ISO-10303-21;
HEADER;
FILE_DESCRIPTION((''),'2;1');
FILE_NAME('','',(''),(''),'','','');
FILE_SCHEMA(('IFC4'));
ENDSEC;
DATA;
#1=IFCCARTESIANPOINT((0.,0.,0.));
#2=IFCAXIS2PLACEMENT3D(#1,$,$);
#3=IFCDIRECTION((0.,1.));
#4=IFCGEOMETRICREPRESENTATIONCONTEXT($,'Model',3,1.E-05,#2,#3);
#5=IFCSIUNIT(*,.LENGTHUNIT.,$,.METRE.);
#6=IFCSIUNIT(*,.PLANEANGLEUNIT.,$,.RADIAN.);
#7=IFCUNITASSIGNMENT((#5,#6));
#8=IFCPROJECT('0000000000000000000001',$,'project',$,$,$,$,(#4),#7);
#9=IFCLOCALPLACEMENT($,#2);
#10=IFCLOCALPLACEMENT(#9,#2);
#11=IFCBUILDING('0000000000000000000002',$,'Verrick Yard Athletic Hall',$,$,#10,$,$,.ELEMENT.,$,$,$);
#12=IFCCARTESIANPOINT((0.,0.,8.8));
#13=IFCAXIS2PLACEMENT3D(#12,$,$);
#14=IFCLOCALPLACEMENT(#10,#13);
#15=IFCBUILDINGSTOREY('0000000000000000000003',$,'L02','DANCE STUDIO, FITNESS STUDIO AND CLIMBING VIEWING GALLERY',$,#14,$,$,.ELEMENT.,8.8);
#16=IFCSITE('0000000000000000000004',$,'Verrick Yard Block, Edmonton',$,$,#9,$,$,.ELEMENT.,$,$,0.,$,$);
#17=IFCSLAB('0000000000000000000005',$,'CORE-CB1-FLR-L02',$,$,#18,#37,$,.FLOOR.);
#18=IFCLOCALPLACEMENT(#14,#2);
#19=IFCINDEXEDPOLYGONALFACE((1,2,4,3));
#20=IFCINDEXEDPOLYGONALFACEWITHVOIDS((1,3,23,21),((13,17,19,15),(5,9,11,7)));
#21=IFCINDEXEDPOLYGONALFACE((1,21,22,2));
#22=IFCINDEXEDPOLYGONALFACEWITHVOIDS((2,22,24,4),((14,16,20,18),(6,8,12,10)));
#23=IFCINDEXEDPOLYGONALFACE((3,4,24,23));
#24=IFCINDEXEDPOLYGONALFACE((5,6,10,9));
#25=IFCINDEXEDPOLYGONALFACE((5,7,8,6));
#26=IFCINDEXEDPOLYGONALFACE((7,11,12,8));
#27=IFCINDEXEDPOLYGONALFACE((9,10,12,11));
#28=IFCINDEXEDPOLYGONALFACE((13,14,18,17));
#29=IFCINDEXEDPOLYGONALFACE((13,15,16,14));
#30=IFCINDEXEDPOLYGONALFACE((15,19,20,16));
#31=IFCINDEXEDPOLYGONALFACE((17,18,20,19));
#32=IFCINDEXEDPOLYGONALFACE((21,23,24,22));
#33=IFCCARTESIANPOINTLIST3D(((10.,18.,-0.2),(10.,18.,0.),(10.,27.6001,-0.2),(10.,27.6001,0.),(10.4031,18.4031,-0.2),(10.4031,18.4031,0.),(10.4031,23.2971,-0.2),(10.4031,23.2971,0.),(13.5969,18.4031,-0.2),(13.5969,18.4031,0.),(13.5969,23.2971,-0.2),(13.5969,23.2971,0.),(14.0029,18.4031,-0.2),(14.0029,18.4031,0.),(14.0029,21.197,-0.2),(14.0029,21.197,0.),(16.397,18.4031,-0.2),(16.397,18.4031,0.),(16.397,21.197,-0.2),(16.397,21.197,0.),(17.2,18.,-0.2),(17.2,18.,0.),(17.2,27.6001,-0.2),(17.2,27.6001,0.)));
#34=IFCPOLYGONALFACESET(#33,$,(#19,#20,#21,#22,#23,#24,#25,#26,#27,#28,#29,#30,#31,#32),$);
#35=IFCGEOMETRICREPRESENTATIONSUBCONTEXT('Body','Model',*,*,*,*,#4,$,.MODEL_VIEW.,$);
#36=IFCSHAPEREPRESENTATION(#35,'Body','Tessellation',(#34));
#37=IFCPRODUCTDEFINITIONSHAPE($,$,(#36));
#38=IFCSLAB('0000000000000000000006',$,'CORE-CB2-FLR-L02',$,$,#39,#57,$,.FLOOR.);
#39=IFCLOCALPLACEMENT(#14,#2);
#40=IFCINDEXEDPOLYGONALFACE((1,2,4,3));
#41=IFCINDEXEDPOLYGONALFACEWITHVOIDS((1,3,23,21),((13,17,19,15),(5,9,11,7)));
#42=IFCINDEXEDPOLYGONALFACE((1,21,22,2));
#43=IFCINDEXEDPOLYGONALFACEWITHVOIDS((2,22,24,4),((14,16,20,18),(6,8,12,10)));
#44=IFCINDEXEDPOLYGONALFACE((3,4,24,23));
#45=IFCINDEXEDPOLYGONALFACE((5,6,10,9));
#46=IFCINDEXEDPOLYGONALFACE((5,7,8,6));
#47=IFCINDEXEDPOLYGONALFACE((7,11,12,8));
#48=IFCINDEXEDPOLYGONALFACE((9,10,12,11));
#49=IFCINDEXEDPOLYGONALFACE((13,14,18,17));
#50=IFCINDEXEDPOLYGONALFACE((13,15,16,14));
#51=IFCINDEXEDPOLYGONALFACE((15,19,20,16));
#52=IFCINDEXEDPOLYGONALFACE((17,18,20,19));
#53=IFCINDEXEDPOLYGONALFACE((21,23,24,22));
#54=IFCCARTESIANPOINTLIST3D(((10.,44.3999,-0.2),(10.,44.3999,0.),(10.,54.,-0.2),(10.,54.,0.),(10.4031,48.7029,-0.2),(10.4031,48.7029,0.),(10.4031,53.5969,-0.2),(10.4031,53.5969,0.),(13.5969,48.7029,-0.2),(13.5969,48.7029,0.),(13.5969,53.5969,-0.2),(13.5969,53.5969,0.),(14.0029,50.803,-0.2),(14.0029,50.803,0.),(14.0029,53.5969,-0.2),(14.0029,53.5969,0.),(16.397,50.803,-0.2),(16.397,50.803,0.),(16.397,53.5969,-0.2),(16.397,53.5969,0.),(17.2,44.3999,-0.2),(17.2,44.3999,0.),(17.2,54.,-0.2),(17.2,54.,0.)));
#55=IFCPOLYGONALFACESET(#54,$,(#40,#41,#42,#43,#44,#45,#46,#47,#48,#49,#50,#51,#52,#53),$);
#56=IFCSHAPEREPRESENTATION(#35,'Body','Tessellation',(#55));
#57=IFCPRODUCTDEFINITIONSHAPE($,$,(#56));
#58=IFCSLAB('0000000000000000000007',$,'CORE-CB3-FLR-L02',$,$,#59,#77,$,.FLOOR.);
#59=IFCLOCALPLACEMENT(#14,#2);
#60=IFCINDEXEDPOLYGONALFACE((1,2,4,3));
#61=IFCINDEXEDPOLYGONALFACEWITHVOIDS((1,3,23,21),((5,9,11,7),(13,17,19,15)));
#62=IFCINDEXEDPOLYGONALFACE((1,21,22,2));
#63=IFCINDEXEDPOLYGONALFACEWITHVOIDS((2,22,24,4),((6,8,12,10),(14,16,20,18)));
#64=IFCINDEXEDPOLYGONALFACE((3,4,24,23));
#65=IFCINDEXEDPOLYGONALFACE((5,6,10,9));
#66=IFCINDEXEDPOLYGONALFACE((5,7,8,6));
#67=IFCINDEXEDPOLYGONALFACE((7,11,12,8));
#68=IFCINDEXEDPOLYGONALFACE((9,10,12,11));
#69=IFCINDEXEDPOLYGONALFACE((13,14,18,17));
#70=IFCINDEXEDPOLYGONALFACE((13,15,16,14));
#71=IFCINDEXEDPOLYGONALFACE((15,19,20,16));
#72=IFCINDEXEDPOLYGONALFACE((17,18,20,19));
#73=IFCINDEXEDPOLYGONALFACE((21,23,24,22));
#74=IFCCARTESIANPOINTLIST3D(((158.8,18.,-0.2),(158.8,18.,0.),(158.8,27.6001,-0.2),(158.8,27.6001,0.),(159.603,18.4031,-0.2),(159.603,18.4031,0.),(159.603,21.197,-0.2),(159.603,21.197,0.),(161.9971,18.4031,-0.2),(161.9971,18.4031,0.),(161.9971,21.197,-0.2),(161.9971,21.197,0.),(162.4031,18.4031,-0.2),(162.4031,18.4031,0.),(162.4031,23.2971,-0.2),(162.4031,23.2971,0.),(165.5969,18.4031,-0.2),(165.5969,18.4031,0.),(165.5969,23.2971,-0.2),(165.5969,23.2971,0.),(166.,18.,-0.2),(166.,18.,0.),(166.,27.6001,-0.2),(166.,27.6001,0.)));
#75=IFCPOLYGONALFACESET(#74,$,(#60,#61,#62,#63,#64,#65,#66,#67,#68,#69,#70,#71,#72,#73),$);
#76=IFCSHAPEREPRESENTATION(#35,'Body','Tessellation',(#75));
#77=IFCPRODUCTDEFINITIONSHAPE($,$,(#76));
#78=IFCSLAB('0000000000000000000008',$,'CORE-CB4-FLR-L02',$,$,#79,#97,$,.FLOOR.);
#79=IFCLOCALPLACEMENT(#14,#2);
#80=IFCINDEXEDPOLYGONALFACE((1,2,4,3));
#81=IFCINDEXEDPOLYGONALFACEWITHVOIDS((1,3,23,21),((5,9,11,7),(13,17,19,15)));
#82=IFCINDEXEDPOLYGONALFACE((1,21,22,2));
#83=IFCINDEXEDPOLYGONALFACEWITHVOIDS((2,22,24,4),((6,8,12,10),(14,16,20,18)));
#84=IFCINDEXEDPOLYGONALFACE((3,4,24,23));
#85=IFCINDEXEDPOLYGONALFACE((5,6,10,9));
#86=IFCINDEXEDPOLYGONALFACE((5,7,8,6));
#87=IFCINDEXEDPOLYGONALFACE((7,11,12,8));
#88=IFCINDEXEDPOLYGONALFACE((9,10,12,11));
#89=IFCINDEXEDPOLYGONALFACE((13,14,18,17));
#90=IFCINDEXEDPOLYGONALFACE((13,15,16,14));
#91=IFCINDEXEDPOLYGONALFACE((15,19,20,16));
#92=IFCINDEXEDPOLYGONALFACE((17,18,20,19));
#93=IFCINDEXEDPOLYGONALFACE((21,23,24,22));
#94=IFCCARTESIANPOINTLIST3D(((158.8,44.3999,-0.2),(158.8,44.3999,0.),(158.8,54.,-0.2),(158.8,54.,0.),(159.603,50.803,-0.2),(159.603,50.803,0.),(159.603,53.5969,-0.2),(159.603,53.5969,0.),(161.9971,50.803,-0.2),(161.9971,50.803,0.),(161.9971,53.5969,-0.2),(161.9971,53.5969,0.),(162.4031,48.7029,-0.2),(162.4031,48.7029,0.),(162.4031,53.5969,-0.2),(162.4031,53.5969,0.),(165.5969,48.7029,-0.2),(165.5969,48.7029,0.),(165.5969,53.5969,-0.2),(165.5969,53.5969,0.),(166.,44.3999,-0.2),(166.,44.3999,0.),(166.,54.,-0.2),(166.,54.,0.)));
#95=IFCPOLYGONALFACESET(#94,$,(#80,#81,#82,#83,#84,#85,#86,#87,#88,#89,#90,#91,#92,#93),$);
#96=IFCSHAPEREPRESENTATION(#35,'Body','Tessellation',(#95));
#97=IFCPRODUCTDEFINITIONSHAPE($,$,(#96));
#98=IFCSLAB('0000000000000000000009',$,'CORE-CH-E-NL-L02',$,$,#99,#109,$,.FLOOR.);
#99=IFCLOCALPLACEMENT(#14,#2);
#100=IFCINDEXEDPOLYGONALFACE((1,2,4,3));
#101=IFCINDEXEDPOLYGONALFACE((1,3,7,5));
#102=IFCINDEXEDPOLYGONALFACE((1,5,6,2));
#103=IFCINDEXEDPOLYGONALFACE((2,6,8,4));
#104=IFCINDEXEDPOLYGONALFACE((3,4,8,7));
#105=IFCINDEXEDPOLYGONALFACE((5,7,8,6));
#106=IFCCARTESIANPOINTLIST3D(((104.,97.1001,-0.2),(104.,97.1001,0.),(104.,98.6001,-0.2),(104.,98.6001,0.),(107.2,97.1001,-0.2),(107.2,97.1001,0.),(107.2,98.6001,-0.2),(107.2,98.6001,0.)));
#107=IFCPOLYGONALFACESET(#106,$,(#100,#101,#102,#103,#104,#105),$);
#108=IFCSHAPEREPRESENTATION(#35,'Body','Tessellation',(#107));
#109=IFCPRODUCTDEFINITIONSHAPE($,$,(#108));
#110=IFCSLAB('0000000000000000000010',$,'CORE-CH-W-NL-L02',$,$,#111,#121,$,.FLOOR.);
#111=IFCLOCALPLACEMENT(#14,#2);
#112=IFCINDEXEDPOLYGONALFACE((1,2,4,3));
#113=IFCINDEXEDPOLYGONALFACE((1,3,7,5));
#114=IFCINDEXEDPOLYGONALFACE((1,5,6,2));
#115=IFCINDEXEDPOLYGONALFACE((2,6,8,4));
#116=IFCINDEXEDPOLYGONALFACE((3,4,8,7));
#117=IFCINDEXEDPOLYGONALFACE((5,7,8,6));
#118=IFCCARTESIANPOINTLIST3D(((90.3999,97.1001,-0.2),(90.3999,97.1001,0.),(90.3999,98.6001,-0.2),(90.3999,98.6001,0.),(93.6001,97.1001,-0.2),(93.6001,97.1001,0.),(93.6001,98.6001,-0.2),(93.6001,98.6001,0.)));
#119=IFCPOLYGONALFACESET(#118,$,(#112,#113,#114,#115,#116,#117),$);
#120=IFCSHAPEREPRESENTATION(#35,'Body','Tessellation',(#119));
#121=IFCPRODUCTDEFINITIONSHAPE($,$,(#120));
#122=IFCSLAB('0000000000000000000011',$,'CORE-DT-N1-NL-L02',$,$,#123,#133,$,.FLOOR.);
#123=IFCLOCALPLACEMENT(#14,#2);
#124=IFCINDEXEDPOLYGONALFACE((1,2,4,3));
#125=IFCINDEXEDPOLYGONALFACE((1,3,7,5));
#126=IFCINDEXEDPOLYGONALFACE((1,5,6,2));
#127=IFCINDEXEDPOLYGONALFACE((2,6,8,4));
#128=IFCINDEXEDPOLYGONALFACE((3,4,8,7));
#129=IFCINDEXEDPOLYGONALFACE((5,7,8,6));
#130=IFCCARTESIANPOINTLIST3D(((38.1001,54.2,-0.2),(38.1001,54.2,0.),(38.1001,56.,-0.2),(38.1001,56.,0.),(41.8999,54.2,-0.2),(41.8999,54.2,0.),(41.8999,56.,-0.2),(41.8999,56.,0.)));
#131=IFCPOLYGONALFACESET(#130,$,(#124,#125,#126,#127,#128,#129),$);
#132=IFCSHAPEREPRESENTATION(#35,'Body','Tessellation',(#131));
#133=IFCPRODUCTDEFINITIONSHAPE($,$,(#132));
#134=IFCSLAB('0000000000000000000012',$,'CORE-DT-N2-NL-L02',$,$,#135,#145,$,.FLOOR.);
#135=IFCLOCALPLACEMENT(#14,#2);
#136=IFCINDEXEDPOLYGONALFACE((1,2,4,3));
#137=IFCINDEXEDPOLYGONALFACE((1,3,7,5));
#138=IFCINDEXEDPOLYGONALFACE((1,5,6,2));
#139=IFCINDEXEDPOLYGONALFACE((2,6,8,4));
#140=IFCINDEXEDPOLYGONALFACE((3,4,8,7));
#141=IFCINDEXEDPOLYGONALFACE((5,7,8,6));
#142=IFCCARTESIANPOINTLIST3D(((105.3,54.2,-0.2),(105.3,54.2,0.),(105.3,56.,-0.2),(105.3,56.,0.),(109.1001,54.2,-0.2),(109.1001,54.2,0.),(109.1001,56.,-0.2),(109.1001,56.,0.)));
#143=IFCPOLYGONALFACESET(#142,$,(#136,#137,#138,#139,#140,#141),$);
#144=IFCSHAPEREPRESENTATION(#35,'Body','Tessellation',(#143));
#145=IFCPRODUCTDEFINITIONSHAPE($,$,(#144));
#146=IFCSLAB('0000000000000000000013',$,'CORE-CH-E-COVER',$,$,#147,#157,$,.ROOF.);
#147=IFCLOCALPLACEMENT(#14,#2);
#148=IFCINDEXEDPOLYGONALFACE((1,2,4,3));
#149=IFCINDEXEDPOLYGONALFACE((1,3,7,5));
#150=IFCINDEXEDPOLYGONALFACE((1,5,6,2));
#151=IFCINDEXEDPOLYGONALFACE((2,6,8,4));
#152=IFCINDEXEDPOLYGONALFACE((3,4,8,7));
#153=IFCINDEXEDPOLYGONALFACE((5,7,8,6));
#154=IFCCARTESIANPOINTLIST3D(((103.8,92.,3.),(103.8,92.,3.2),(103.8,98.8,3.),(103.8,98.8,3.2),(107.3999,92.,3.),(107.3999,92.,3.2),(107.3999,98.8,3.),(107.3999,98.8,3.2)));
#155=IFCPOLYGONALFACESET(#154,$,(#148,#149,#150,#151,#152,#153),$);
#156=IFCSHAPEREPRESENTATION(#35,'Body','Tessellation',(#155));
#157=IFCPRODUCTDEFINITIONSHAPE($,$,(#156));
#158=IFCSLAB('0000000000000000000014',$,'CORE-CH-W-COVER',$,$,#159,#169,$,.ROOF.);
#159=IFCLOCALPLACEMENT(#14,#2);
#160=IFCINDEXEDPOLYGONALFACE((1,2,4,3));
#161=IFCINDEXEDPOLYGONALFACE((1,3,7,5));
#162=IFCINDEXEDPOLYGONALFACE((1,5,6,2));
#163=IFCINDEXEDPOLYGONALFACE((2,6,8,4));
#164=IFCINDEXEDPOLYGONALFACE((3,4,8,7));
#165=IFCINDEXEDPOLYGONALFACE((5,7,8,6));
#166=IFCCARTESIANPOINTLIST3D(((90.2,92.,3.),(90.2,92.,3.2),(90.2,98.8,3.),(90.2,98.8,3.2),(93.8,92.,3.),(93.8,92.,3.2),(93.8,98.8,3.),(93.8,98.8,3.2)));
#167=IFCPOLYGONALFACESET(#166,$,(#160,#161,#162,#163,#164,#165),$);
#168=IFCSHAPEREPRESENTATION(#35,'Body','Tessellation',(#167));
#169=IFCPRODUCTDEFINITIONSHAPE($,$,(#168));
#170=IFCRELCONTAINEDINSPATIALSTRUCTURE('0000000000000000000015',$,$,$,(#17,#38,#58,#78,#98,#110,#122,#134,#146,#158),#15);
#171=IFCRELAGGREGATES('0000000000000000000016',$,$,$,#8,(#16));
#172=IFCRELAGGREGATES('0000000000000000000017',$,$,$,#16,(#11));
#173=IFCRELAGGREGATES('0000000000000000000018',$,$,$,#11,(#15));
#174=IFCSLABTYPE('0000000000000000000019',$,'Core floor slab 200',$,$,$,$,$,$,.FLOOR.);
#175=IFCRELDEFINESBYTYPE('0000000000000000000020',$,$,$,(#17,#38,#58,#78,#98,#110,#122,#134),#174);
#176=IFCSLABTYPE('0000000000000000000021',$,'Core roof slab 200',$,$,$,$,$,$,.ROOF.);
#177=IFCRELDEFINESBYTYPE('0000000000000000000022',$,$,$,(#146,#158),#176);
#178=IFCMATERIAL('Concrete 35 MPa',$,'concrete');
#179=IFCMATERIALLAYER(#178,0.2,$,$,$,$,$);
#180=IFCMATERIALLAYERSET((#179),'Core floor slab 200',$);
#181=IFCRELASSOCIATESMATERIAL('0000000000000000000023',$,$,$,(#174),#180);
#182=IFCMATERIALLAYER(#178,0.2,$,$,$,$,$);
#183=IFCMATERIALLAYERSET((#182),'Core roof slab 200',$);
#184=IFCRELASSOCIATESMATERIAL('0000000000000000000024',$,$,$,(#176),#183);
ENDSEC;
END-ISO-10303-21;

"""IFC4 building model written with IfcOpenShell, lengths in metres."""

from ifc_helpers import new_model, si_unit, direction, frame, origin, place, context, subcontext, project, spatial, polyline, outline, extrude, material, layer, layer_set, type_object, element, save


model = new_model("IFC4")

# Units and contexts
model_context = context("Model", 3, precision=1e-05, world=origin(), true_north=direction((0.0, 1.0)))
body_context = subcontext(model_context, "Body", "Model", "MODEL_VIEW")
ifc_project = project(units=[si_unit("LENGTHUNIT", "METRE"), si_unit("PLANEANGLEUNIT", "RADIAN")], contexts=[model_context])

# Site, building, storey
site_placement = place(None, origin())
site = spatial("IfcSite", under=ifc_project, at=site_placement, Name="Verrick Yard Block, Edmonton", CompositionType="ELEMENT", RefElevation=0.0)
building_placement = place(site_placement, origin())
building = spatial("IfcBuilding", under=site, at=building_placement, Name="Verrick Yard Athletic Hall", CompositionType="ELEMENT")
storey_placement = place(building_placement, frame((0.0, 0.0, 8.8)))
storey = spatial("IfcBuildingStorey", under=building, at=storey_placement, Name="L02", Description="DANCE STUDIO, FITNESS STUDIO AND CLIMBING VIEWING GALLERY", CompositionType="ELEMENT", Elevation=8.8)

# Slabs
ifc_material = material(Name="Concrete 35 MPa", Category="concrete")
ifc_layer_1 = layer(ifc_material, 0.2)
ifc_layer_set_1 = layer_set([ifc_layer_1], Name="Core floor slab 200")
slab_type_1 = type_object("IfcSlabType", Name="Core floor slab 200", PredefinedType="FLOOR", material=ifc_layer_set_1)
slab_1_placement = place(storey_placement, frame((0.0, 0.0, -0.2)))
element("IfcSlab", 1, at=slab_1_placement, inside=storey, type_object=slab_type_1, Name="CORE-CB1-FLR-L02", PredefinedType="FLOOR", context=body_context, shape_type="SweptSolid", body=[
    extrude(outline(polyline([(10.0, 18.0), (17.2, 18.0), (17.2, 27.6001), (10.0, 27.6001), (10.0, 18.0)]), holes=[polyline([(10.4031, 23.2971), (13.5969, 23.2971), (13.5969, 18.4031), (10.4031, 18.4031), (10.4031, 23.2971)]), polyline([(14.0029, 18.4031), (14.0029, 21.197), (16.397, 21.197), (16.397, 18.4031), (14.0029, 18.4031)])]), origin(), (0.0, 0.0, 1.0), 0.2),
])
slab_2_placement = place(storey_placement, frame((0.0, 0.0, -0.2)))
element("IfcSlab", 2, at=slab_2_placement, inside=storey, type_object=slab_type_1, Name="CORE-CB2-FLR-L02", PredefinedType="FLOOR", context=body_context, shape_type="SweptSolid", body=[
    extrude(outline(polyline([(10.0, 44.3999), (17.2, 44.3999), (17.2, 54.0), (10.0, 54.0), (10.0, 44.3999)]), holes=[polyline([(13.5969, 48.7029), (10.4031, 48.7029), (10.4031, 53.5969), (13.5969, 53.5969), (13.5969, 48.7029)]), polyline([(14.0029, 50.803), (14.0029, 53.5969), (16.397, 53.5969), (16.397, 50.803), (14.0029, 50.803)])]), origin(), (0.0, 0.0, 1.0), 0.2),
])
slab_3_placement = place(storey_placement, frame((0.0, 0.0, -0.2)))
element("IfcSlab", 3, at=slab_3_placement, inside=storey, type_object=slab_type_1, Name="CORE-CB3-FLR-L02", PredefinedType="FLOOR", context=body_context, shape_type="SweptSolid", body=[
    extrude(outline(polyline([(158.8, 18.0), (166.0, 18.0), (166.0, 27.6001), (158.8, 27.6001), (158.8, 18.0)]), holes=[polyline([(162.4031, 23.2971), (165.5969, 23.2971), (165.5969, 18.4031), (162.4031, 18.4031), (162.4031, 23.2971)]), polyline([(159.603, 18.4031), (159.603, 21.197), (161.9971, 21.197), (161.9971, 18.4031), (159.603, 18.4031)])]), origin(), (0.0, 0.0, 1.0), 0.2),
])
slab_4_placement = place(storey_placement, frame((0.0, 0.0, -0.2)))
element("IfcSlab", 4, at=slab_4_placement, inside=storey, type_object=slab_type_1, Name="CORE-CB4-FLR-L02", PredefinedType="FLOOR", context=body_context, shape_type="SweptSolid", body=[
    extrude(outline(polyline([(158.8, 44.3999), (166.0, 44.3999), (166.0, 54.0), (158.8, 54.0), (158.8, 44.3999)]), holes=[polyline([(165.5969, 48.7029), (162.4031, 48.7029), (162.4031, 53.5969), (165.5969, 53.5969), (165.5969, 48.7029)]), polyline([(159.603, 50.803), (159.603, 53.5969), (161.9971, 53.5969), (161.9971, 50.803), (159.603, 50.803)])]), origin(), (0.0, 0.0, 1.0), 0.2),
])
slab_5_placement = place(storey_placement, frame((0.0, 0.0, -0.2)))
element("IfcSlab", 5, at=slab_5_placement, inside=storey, type_object=slab_type_1, Name="CORE-CH-E-NL-L02", PredefinedType="FLOOR", context=body_context, shape_type="SweptSolid", body=[
    extrude(outline(polyline([(104.0, 98.6001), (104.0, 97.1001), (107.2, 97.1001), (107.2, 98.6001), (104.0, 98.6001)])), origin(), (0.0, 0.0, 1.0), 0.2),
])
slab_6_placement = place(storey_placement, frame((0.0, 0.0, -0.2)))
element("IfcSlab", 6, at=slab_6_placement, inside=storey, type_object=slab_type_1, Name="CORE-CH-W-NL-L02", PredefinedType="FLOOR", context=body_context, shape_type="SweptSolid", body=[
    extrude(outline(polyline([(90.3999, 98.6001), (90.3999, 97.1001), (93.6001, 97.1001), (93.6001, 98.6001), (90.3999, 98.6001)])), origin(), (0.0, 0.0, 1.0), 0.2),
])
slab_7_placement = place(storey_placement, frame((0.0, 0.0, -0.2)))
element("IfcSlab", 7, at=slab_7_placement, inside=storey, type_object=slab_type_1, Name="CORE-DT-N1-NL-L02", PredefinedType="FLOOR", context=body_context, shape_type="SweptSolid", body=[
    extrude(outline(polyline([(41.8999, 54.2), (41.8999, 56.0), (38.1001, 56.0), (38.1001, 54.2), (41.8999, 54.2)])), origin(), (0.0, 0.0, 1.0), 0.2),
])
slab_8_placement = place(storey_placement, frame((0.0, 0.0, -0.2)))
element("IfcSlab", 8, at=slab_8_placement, inside=storey, type_object=slab_type_1, Name="CORE-DT-N2-NL-L02", PredefinedType="FLOOR", context=body_context, shape_type="SweptSolid", body=[
    extrude(outline(polyline([(109.1001, 54.2), (109.1001, 56.0), (105.3, 56.0), (105.3, 54.2), (109.1001, 54.2)])), origin(), (0.0, 0.0, 1.0), 0.2),
])
ifc_layer_2 = layer(ifc_material, 0.2)
ifc_layer_set_2 = layer_set([ifc_layer_2], Name="Core roof slab 200")
slab_type_2 = type_object("IfcSlabType", Name="Core roof slab 200", PredefinedType="ROOF", material=ifc_layer_set_2)
slab_9_placement = place(storey_placement, frame((0.0, 0.0, 3.0)))
element("IfcSlab", 9, at=slab_9_placement, inside=storey, type_object=slab_type_2, Name="CORE-CH-E-COVER", PredefinedType="ROOF", context=body_context, shape_type="SweptSolid", body=[
    extrude(outline(polyline([(103.8, 92.0), (107.3999, 92.0), (107.3999, 98.8), (103.8, 98.8), (103.8, 92.0)])), origin(), (0.0, 0.0, 1.0), 0.2),
])
slab_10_placement = place(storey_placement, frame((0.0, 0.0, 3.0)))
element("IfcSlab", 10, at=slab_10_placement, inside=storey, type_object=slab_type_2, Name="CORE-CH-W-COVER", PredefinedType="ROOF", context=body_context, shape_type="SweptSolid", body=[
    extrude(outline(polyline([(90.2, 92.0), (93.8, 92.0), (93.8, 98.8), (90.2, 98.8), (90.2, 92.0)])), origin(), (0.0, 0.0, 1.0), 0.2),
])

save(model, "model.ifc")
